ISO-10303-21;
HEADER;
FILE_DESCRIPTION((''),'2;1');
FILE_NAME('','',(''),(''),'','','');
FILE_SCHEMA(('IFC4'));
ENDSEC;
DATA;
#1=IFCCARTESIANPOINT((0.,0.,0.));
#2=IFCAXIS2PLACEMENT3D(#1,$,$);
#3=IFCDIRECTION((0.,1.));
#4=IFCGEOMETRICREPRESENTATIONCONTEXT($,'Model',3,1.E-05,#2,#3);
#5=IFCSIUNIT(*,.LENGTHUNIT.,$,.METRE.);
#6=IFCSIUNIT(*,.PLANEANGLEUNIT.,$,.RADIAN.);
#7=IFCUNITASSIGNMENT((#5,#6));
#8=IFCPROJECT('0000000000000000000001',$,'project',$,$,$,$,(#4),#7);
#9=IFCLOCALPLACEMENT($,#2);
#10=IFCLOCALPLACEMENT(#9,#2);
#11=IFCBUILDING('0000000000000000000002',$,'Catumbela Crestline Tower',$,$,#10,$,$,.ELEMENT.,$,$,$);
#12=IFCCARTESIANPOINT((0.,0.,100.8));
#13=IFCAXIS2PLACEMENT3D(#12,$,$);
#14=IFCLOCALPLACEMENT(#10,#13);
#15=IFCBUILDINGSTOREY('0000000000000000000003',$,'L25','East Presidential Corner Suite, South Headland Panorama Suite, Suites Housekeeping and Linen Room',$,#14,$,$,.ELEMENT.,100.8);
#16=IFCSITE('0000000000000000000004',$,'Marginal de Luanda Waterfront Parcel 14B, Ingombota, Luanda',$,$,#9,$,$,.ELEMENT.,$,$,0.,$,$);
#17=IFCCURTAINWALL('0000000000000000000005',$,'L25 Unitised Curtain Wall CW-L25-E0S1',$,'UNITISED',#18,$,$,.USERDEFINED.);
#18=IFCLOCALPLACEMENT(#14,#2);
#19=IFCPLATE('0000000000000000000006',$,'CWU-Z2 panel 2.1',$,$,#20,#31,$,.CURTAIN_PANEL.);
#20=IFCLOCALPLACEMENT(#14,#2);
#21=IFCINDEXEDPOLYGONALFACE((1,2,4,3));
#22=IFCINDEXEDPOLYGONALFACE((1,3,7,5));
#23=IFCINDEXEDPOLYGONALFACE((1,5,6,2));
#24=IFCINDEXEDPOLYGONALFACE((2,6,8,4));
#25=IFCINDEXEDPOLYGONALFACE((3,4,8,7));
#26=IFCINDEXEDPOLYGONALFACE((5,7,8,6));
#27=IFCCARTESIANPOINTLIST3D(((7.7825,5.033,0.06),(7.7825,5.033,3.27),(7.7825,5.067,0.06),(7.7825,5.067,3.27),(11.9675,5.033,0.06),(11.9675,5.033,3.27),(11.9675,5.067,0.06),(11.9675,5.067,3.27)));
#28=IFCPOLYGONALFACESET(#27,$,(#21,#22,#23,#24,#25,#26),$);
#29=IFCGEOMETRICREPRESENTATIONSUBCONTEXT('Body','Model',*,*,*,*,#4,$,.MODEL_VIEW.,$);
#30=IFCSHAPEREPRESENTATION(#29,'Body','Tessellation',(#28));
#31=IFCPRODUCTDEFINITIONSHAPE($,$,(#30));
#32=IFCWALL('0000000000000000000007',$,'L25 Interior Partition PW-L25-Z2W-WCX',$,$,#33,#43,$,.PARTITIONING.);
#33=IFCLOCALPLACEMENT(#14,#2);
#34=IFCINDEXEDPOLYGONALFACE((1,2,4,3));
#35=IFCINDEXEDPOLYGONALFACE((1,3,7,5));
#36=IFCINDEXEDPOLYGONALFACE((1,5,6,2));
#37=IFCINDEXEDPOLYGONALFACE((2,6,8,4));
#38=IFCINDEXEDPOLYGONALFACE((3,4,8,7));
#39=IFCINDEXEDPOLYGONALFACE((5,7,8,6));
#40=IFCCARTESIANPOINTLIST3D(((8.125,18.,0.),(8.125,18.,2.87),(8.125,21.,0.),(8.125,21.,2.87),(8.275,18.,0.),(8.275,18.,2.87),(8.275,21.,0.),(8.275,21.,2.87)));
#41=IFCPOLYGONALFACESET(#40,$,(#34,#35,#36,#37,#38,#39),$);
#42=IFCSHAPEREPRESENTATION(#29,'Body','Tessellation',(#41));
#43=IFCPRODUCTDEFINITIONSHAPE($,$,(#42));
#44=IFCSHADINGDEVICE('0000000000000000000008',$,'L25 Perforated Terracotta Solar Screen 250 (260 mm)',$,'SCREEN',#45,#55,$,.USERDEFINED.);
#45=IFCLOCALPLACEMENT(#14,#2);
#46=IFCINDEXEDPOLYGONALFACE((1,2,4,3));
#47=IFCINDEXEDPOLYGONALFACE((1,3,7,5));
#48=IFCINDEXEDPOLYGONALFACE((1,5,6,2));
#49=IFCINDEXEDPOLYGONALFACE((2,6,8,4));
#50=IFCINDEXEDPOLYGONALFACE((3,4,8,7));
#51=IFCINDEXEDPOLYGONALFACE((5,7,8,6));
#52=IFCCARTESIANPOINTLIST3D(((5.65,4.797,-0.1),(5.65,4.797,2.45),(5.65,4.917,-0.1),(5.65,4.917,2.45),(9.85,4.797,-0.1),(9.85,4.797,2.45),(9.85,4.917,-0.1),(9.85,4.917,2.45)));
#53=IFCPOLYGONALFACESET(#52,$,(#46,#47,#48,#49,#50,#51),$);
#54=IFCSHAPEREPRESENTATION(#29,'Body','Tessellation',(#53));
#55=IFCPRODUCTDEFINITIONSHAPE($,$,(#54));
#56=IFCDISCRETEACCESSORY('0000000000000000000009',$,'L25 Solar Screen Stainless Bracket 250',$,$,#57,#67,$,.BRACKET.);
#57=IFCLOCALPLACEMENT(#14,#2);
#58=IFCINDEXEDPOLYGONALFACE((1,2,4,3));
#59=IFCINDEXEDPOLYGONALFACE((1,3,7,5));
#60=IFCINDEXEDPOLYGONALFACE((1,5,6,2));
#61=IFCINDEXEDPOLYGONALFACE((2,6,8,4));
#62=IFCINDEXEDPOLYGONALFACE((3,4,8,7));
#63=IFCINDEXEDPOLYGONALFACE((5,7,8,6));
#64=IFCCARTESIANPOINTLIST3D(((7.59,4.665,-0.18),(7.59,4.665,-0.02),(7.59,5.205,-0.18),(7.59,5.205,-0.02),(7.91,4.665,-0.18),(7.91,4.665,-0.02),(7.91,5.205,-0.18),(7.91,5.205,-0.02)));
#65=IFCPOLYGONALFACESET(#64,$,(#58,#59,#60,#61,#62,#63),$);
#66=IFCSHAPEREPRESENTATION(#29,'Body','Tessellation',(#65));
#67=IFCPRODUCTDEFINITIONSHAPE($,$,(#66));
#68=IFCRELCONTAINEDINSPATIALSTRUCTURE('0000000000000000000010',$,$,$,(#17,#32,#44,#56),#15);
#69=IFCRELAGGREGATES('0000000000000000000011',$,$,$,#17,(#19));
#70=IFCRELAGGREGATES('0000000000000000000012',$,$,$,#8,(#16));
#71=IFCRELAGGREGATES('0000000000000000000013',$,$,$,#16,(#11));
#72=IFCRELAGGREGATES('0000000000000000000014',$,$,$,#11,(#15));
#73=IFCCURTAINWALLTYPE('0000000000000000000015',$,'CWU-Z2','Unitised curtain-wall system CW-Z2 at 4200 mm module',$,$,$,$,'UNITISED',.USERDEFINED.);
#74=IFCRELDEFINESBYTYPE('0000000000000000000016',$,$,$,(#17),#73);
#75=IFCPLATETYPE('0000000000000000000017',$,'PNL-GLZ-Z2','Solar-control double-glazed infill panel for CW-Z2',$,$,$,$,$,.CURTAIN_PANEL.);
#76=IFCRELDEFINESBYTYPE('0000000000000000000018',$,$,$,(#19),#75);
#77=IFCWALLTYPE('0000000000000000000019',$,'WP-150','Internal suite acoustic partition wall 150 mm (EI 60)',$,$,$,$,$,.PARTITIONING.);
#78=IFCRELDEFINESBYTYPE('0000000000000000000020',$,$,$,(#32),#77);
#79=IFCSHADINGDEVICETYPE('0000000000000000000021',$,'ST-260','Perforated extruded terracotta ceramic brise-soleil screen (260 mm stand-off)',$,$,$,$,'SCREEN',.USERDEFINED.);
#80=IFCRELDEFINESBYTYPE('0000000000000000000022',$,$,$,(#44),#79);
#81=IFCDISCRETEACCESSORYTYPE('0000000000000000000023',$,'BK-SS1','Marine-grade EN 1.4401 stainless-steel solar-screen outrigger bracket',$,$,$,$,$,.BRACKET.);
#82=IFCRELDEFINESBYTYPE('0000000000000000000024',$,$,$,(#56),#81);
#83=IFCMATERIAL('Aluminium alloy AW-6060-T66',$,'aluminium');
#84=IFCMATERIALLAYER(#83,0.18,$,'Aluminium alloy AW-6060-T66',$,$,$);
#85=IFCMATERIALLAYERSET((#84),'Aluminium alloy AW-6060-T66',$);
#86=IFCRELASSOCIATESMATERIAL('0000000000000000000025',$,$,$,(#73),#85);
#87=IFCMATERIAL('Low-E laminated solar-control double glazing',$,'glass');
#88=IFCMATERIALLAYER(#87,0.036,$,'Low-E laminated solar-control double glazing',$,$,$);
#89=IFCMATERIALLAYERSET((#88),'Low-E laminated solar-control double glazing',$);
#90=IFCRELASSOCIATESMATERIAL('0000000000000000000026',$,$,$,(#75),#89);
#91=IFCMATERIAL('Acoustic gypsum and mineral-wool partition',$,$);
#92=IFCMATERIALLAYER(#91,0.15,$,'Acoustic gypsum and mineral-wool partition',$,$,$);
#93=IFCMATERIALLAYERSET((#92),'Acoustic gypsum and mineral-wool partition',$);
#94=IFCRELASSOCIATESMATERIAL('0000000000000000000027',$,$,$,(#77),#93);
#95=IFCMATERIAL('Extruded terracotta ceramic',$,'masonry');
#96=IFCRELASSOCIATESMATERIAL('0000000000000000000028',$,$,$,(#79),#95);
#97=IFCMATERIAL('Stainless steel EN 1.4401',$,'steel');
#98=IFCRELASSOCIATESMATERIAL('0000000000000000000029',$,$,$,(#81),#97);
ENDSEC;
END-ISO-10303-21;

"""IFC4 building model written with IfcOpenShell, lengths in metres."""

from ifc_helpers import new_model, si_unit, direction, frame, frame_2d, origin, origin_2d, place, context, subcontext, project, spatial, rectangle, extrude, material, layer, layer_set, type_object, element, aggregate, save


model = new_model("IFC4")

# Units and contexts
model_context = context("Model", 3, precision=1e-05, world=origin(), true_north=direction((0.0, 1.0)))
body_context = subcontext(model_context, "Body", "Model", "MODEL_VIEW")
ifc_project = project(units=[si_unit("LENGTHUNIT", "METRE"), si_unit("PLANEANGLEUNIT", "RADIAN")], contexts=[model_context])

# Site, building, storey
site_placement = place(None, origin())
site = spatial("IfcSite", under=ifc_project, at=site_placement, Name="Marginal de Luanda Waterfront Parcel 14B, Ingombota, Luanda", CompositionType="ELEMENT", RefElevation=0.0)
building_placement = place(site_placement, origin())
building = spatial("IfcBuilding", under=site, at=building_placement, Name="Catumbela Crestline Tower", CompositionType="ELEMENT")
storey_placement = place(building_placement, frame((0.0, 0.0, 100.8)))
storey = spatial("IfcBuildingStorey", under=building, at=storey_placement, Name="L25", Description="East Presidential Corner Suite, South Headland Panorama Suite, Suites Housekeeping and Linen Room", CompositionType="ELEMENT", Elevation=100.8)

# Curtain wall, plate
ifc_material_1 = material(Name="Aluminium alloy AW-6060-T66", Category="aluminium")
ifc_layer_1 = layer(ifc_material_1, 0.18, Name="Aluminium alloy AW-6060-T66")
ifc_layer_set_1 = layer_set([ifc_layer_1], Name="Aluminium alloy AW-6060-T66")
curtain_wall_type = type_object("IfcCurtainWallType", Name="CWU-Z2", Description="Unitised curtain-wall system CW-Z2 at 4200 mm module", ElementType="UNITISED", PredefinedType="USERDEFINED", material=ifc_layer_set_1)
curtain_wall_placement = place(storey_placement, origin())
curtain_wall = element("IfcCurtainWall", 1, at=curtain_wall_placement, inside=storey, type_object=curtain_wall_type, Name="L25 Unitised Curtain Wall CW-L25-E0S1", ObjectType="UNITISED", PredefinedType="USERDEFINED")
ifc_material_2 = material(Name="Low-E laminated solar-control double glazing", Category="glass")
ifc_layer_2 = layer(ifc_material_2, 0.036, Name="Low-E laminated solar-control double glazing")
ifc_layer_set_2 = layer_set([ifc_layer_2], Name="Low-E laminated solar-control double glazing")
plate_type = type_object("IfcPlateType", Name="PNL-GLZ-Z2", Description="Solar-control double-glazed infill panel for CW-Z2", PredefinedType="CURTAIN_PANEL", material=ifc_layer_set_2)
plate_1_placement = place(storey_placement, frame((9.875, 5.05, 0.06), z_axis=(0.0, 0.0, 1.0), x_axis=(1.0, 0.0, 0.0)))
plate_1 = element("IfcPlate", 2, at=plate_1_placement, type_object=plate_type, Name="CWU-Z2 panel 2.1", PredefinedType="CURTAIN_PANEL", context=body_context, shape_type="SweptSolid", body=[
    extrude(rectangle(XDim=4.185, YDim=0.034, at=origin_2d()), origin(), (0.0, 0.0, 1.0), 3.21),
])
aggregate(curtain_wall, [plate_1])

# Wall
ifc_material_3 = material(Name="Acoustic gypsum and mineral-wool partition")
ifc_layer_3 = layer(ifc_material_3, 0.15, Name="Acoustic gypsum and mineral-wool partition")
ifc_layer_set_3 = layer_set([ifc_layer_3], Name="Acoustic gypsum and mineral-wool partition")
wall_type = type_object("IfcWallType", Name="WP-150", Description="Internal suite acoustic partition wall 150 mm (EI 60)", PredefinedType="PARTITIONING", material=ifc_layer_set_3)
wall_placement = place(storey_placement, frame((8.2, 18.0, 0.0), z_axis=(0.0, 0.0, 1.0), x_axis=(0.0, 1.0, 0.0)))
element("IfcWall", 3, at=wall_placement, inside=storey, type_object=wall_type, Name="L25 Interior Partition PW-L25-Z2W-WCX", PredefinedType="PARTITIONING", context=body_context, shape_type="SweptSolid", body=[
    extrude(rectangle(XDim=3.0, YDim=0.15, at=frame_2d((1.5, 0.0))), origin(), (0.0, 0.0, 1.0), 2.87),
])

# Shading device
ifc_material_4 = material(Name="Extruded terracotta ceramic", Category="masonry")
shading_device_type = type_object("IfcShadingDeviceType", Name="ST-260", Description="Perforated extruded terracotta ceramic brise-soleil screen (260 mm stand-off)", ElementType="SCREEN", PredefinedType="USERDEFINED", material=ifc_material_4)
shading_device_placement = place(storey_placement, frame((7.75, 4.857, -0.1), z_axis=(0.0, 0.0, 1.0), x_axis=(1.0, 0.0, 0.0)))
element("IfcShadingDevice", 4, at=shading_device_placement, inside=storey, type_object=shading_device_type, Name="L25 Perforated Terracotta Solar Screen 250 (260 mm)", ObjectType="SCREEN", PredefinedType="USERDEFINED", context=body_context, shape_type="SweptSolid", body=[
    extrude(rectangle(XDim=4.2, YDim=0.12, at=origin_2d()), origin(), (0.0, 0.0, 1.0), 2.55),
])

# Discrete accessory
ifc_material_5 = material(Name="Stainless steel EN 1.4401", Category="steel")
discrete_accessory_type = type_object("IfcDiscreteAccessoryType", Name="BK-SS1", Description="Marine-grade EN 1.4401 stainless-steel solar-screen outrigger bracket", PredefinedType="BRACKET", material=ifc_material_5)
discrete_accessory_placement = place(storey_placement, frame((7.75, 4.935, -0.18), z_axis=(0.0, 0.0, 1.0), x_axis=(1.0, 0.0, 0.0)))
element("IfcDiscreteAccessory", 5, at=discrete_accessory_placement, inside=storey, type_object=discrete_accessory_type, Name="L25 Solar Screen Stainless Bracket 250", PredefinedType="BRACKET", context=body_context, shape_type="SweptSolid", body=[
    extrude(rectangle(XDim=0.32, YDim=0.54, at=origin_2d()), origin(), (0.0, 0.0, 1.0), 0.16),
])

save(model, "model.ifc")
